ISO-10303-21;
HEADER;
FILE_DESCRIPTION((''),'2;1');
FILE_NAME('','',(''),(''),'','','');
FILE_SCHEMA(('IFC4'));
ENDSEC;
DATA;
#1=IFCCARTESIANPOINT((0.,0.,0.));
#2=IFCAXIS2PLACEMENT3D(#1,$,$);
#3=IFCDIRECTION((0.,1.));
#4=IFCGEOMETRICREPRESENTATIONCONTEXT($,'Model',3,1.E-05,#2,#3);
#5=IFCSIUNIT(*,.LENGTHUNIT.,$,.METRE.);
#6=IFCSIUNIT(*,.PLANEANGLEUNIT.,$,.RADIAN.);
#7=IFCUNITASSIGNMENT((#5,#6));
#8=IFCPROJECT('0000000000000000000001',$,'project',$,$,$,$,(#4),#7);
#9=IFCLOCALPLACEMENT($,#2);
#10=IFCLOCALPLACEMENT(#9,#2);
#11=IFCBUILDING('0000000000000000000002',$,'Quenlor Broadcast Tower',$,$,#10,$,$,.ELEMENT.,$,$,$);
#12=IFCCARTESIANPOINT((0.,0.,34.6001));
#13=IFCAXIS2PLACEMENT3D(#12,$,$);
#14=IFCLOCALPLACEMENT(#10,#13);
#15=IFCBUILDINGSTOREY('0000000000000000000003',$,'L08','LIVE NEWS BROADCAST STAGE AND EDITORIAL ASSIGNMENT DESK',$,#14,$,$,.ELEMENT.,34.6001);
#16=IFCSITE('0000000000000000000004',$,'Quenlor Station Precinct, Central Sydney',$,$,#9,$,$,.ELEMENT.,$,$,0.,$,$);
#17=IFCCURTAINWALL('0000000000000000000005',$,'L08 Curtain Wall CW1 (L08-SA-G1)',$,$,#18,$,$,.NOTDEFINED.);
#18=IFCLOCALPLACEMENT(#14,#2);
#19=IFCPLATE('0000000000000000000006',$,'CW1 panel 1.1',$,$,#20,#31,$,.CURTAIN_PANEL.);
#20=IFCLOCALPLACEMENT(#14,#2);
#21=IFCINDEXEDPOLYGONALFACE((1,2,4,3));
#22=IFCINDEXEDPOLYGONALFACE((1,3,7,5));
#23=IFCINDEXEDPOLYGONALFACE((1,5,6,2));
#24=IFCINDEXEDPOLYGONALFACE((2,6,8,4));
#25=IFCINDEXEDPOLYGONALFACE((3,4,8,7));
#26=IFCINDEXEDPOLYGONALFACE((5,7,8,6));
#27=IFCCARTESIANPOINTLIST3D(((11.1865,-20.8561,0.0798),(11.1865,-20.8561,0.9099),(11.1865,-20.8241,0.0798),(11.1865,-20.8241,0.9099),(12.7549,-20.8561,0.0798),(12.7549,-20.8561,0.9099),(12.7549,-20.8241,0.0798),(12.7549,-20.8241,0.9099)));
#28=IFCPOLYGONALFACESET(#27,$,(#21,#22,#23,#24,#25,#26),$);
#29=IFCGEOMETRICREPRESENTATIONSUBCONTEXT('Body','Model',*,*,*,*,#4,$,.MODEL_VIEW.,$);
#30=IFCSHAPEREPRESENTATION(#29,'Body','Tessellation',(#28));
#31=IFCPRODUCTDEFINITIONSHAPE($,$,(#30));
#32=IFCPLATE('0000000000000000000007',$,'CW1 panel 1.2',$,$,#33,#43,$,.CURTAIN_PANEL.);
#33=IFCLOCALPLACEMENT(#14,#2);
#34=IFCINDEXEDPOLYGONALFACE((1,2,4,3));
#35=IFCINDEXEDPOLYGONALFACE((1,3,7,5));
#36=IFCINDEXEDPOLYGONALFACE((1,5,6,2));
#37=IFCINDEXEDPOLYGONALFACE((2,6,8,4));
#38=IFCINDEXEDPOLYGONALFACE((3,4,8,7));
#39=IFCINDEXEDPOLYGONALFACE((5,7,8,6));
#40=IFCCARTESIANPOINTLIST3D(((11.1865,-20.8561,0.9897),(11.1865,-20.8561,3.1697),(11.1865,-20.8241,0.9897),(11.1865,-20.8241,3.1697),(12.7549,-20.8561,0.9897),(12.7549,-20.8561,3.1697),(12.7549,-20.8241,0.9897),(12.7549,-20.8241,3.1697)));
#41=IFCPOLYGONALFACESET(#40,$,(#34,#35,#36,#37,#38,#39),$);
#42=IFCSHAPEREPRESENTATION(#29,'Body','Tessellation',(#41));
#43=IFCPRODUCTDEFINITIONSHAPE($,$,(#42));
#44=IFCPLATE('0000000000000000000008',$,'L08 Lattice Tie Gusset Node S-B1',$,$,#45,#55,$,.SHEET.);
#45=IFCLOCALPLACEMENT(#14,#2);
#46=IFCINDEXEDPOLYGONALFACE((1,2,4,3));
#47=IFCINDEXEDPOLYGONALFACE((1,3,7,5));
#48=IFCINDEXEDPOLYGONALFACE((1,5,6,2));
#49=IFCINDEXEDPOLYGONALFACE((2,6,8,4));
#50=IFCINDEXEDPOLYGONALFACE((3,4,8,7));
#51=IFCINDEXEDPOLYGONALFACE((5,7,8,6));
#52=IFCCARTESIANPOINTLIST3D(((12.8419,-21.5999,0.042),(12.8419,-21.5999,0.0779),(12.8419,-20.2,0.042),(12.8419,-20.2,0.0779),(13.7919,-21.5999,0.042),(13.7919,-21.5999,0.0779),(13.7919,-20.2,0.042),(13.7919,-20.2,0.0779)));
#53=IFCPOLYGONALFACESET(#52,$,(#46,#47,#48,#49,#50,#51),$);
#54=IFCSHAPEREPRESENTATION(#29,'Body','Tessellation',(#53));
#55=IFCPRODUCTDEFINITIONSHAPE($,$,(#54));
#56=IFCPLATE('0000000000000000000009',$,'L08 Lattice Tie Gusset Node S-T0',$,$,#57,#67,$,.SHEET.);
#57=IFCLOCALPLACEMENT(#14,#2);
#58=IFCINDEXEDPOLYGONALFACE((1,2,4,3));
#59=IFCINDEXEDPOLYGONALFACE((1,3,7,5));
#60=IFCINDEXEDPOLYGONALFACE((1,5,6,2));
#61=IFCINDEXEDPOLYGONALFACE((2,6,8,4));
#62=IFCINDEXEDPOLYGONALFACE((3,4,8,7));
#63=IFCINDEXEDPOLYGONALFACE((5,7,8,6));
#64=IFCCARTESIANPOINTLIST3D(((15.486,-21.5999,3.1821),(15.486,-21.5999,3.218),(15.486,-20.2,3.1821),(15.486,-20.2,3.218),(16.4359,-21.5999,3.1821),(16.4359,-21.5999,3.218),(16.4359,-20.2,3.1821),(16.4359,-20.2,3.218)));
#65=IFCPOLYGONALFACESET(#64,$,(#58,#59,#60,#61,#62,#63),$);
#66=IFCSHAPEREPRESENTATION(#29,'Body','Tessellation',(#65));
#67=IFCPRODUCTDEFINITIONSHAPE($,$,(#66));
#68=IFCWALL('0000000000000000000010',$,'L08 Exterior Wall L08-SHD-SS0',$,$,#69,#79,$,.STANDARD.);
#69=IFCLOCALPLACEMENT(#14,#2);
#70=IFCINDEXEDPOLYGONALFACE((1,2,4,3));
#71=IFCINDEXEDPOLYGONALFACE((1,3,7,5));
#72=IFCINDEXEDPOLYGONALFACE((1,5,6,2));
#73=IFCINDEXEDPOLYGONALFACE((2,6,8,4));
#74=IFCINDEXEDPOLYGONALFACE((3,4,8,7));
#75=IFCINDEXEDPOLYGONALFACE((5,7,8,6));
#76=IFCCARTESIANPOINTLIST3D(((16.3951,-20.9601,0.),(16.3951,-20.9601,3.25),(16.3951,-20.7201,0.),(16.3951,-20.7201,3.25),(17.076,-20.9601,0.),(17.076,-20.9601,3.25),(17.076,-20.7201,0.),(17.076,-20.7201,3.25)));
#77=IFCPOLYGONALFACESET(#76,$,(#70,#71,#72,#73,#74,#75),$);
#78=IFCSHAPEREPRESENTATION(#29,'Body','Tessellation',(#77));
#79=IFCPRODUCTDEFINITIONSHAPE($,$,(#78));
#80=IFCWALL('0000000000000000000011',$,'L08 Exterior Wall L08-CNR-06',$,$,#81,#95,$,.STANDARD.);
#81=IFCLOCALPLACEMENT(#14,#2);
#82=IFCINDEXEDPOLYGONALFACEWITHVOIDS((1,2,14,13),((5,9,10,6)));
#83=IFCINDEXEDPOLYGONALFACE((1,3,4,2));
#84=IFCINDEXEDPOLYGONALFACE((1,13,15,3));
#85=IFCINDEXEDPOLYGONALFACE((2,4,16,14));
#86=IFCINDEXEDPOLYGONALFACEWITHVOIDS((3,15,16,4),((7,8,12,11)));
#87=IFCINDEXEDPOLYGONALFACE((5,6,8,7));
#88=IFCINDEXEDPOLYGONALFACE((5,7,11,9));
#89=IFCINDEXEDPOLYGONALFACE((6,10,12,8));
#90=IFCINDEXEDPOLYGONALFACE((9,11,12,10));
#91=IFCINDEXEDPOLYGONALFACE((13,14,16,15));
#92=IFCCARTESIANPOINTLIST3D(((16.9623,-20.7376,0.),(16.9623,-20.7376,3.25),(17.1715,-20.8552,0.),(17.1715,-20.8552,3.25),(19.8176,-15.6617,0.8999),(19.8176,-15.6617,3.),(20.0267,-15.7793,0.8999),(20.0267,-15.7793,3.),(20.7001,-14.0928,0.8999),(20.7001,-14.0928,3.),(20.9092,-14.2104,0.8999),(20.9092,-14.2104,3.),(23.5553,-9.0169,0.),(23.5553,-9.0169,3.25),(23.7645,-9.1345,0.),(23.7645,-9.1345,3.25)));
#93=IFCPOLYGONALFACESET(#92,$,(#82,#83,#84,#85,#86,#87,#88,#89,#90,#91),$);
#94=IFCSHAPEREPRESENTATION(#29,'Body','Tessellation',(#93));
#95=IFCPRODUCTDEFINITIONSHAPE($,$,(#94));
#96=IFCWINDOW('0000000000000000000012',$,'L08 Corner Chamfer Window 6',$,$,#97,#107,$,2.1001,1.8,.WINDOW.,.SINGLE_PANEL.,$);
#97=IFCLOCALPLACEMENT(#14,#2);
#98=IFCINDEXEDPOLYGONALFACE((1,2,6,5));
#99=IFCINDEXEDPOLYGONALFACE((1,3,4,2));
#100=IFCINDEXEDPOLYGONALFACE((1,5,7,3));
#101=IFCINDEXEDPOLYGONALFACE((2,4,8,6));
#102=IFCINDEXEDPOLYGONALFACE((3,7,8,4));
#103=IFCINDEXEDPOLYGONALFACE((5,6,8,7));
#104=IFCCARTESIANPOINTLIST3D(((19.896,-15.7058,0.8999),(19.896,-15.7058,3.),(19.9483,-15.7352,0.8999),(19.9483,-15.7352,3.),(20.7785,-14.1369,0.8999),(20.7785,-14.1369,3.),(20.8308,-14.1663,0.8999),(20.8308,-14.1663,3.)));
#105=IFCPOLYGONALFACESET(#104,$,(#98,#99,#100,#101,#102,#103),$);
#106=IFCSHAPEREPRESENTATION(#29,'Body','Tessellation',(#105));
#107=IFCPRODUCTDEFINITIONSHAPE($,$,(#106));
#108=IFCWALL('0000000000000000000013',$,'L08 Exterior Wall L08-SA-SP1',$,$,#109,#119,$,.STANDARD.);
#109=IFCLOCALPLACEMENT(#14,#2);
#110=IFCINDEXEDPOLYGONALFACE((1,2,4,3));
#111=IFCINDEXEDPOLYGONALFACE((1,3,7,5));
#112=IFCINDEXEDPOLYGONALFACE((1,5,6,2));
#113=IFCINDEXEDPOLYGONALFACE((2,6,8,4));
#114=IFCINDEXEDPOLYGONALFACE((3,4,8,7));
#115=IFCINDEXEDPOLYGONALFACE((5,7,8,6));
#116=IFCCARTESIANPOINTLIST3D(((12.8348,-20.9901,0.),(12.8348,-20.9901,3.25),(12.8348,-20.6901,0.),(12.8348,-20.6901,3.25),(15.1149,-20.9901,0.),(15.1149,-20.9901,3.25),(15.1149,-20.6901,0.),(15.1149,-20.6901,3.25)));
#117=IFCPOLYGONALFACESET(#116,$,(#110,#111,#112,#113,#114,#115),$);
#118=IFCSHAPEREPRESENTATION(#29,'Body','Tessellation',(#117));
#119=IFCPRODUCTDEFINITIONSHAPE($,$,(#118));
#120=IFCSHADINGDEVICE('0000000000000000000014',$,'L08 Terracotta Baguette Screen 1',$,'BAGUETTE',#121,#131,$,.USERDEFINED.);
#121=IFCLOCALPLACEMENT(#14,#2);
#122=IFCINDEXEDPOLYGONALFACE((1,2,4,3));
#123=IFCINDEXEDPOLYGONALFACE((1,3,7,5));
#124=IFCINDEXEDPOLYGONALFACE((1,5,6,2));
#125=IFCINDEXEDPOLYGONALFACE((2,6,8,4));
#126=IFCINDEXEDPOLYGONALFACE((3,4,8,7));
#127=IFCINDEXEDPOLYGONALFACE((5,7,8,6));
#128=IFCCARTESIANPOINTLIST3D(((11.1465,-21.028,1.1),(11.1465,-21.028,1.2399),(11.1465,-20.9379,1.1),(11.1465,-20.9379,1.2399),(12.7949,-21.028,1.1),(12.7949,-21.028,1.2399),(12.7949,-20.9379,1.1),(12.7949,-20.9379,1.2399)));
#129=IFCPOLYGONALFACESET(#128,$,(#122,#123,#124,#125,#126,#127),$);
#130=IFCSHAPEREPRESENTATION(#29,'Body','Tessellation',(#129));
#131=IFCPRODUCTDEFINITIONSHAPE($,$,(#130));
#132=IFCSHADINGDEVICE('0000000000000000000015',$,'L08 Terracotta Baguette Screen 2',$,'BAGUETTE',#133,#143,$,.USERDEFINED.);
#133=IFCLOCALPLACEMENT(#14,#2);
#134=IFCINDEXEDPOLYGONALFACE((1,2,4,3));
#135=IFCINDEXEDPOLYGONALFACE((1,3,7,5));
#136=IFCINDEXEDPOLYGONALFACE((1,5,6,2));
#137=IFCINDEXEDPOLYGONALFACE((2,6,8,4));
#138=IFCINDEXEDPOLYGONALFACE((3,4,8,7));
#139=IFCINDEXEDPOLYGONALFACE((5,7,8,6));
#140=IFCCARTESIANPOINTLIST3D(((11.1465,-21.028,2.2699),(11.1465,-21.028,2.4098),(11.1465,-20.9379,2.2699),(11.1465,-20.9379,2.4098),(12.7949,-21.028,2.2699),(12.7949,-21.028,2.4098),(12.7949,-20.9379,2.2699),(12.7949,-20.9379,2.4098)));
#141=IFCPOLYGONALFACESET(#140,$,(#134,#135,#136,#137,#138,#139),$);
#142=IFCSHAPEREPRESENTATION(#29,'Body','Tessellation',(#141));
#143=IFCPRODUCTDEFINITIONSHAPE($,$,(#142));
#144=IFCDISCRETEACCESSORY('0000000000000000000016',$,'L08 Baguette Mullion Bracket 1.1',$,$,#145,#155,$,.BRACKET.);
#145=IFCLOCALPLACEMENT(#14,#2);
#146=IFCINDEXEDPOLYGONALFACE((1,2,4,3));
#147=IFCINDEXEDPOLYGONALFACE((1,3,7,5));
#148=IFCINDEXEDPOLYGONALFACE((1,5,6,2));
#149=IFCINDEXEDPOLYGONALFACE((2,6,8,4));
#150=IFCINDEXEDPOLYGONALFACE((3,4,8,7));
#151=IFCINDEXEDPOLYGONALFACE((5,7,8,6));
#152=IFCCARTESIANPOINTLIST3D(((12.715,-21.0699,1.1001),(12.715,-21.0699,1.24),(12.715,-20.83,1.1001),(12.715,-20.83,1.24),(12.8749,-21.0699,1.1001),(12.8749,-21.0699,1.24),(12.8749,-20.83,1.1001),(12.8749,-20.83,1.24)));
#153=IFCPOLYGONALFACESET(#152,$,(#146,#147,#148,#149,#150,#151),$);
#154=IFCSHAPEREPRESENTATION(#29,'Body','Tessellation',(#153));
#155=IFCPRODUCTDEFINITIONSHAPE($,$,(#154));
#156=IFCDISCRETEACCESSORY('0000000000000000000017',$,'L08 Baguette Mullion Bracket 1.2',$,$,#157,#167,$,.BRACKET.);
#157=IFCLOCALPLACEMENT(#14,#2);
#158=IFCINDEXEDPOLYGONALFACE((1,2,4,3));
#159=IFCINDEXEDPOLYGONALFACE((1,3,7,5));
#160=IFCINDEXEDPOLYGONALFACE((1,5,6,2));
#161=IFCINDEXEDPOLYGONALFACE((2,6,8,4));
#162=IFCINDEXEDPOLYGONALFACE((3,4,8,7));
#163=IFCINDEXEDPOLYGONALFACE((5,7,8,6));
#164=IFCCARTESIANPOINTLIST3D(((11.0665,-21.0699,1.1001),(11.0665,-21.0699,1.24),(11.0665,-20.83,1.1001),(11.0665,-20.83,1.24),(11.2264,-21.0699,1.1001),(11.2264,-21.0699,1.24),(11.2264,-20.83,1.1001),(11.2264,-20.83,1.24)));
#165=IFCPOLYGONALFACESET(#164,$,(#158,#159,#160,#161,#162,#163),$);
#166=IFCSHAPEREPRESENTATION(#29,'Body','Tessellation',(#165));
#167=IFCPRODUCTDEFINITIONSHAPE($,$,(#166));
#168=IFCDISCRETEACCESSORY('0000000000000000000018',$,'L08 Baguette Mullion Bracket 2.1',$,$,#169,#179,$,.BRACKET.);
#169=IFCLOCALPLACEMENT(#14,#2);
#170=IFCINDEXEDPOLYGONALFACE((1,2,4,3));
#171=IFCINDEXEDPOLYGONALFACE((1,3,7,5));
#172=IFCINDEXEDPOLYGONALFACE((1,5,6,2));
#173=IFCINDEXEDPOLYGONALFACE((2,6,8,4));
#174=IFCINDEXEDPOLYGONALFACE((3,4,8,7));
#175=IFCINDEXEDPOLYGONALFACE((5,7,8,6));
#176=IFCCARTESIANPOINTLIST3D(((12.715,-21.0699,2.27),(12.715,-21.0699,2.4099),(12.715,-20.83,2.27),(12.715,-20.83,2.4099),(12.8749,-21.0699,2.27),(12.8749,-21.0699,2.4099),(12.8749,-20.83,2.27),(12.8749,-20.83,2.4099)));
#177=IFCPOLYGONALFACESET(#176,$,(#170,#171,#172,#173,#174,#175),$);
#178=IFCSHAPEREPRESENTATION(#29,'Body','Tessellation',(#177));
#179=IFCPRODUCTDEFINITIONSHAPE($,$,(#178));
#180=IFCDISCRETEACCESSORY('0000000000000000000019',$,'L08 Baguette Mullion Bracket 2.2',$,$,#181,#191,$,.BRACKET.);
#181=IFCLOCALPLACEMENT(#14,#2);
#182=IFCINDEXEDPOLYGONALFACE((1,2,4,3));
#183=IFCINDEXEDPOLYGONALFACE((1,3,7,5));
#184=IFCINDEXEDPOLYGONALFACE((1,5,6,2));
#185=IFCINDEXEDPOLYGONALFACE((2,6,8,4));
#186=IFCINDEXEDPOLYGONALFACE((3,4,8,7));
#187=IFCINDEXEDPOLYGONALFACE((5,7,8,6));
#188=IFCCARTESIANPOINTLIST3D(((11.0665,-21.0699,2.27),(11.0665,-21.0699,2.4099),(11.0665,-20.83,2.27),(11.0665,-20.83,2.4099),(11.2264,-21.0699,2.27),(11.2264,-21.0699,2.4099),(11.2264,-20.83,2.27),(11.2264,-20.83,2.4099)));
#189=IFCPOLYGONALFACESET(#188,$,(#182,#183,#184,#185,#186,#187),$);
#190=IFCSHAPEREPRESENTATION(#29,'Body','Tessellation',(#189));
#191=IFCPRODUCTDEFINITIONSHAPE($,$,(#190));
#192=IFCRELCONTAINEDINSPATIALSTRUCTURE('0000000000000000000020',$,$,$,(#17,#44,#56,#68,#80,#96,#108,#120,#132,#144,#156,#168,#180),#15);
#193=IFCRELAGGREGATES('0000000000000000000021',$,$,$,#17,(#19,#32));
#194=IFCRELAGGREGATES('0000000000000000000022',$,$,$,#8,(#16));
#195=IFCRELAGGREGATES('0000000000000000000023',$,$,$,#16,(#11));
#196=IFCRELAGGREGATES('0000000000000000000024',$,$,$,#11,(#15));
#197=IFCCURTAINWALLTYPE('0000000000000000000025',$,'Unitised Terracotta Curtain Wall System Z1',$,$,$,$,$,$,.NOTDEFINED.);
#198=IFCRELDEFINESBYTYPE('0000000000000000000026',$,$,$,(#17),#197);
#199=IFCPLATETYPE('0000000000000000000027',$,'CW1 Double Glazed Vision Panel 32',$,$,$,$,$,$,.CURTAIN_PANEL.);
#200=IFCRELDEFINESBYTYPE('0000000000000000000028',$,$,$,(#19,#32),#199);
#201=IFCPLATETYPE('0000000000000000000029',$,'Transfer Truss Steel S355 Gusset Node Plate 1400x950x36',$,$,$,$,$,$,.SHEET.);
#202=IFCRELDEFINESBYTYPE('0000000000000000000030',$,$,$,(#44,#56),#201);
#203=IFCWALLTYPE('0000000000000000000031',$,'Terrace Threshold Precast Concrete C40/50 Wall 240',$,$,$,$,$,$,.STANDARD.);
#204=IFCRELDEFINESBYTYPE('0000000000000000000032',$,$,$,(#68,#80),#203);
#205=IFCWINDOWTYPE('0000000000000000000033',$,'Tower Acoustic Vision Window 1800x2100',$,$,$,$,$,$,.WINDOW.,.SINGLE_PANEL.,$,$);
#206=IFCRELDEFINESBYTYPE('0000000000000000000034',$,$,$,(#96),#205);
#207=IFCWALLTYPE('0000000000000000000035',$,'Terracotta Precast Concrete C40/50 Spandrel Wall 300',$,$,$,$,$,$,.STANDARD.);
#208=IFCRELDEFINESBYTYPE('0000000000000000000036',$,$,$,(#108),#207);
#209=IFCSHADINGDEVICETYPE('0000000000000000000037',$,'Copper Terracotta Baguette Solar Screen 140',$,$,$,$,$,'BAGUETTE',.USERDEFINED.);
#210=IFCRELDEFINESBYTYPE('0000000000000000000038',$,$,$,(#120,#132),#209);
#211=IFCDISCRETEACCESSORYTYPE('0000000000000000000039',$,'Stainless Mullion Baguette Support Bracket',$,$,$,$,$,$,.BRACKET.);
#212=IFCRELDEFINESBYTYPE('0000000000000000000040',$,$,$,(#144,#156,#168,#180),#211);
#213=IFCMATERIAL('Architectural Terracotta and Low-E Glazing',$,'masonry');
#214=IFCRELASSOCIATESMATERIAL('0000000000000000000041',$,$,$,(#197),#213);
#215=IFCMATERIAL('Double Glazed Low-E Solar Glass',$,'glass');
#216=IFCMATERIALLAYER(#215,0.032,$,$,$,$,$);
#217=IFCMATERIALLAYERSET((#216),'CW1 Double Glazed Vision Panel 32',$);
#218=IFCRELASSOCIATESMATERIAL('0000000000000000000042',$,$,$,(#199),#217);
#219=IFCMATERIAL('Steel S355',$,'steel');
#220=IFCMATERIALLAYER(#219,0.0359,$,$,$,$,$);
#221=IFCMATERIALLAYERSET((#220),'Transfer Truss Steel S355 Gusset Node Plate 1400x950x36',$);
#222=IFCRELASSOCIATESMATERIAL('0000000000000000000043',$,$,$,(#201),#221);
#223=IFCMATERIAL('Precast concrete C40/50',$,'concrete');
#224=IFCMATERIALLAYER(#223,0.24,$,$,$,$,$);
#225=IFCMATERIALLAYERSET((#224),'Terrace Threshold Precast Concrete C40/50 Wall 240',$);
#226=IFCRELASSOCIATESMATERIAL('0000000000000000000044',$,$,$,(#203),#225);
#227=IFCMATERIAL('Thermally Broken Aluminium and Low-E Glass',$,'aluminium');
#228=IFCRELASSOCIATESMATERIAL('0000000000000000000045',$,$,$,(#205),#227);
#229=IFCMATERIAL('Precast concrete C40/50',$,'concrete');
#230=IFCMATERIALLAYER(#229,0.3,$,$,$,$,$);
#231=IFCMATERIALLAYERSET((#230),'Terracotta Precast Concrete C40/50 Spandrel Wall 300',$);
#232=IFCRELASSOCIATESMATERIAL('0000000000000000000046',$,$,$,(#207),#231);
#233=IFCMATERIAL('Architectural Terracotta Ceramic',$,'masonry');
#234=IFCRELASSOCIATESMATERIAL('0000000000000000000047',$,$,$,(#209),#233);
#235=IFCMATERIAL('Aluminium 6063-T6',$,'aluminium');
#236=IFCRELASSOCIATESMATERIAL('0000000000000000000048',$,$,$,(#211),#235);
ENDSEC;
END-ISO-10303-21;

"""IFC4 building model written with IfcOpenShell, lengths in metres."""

from ifc_helpers import new_model, si_unit, direction, frame, frame_2d, origin, origin_2d, place, context, subcontext, project, spatial, rectangle, extrude, material, layer, layer_set, material_profile, profile_set, type_object, element, fill, aggregate, save


model = new_model("IFC4")

# Units and contexts
model_context = context("Model", 3, precision=1e-05, world=origin(), true_north=direction((0.0, 1.0)))
body_context = subcontext(model_context, "Body", "Model", "MODEL_VIEW")
ifc_project = project(units=[si_unit("LENGTHUNIT", "METRE"), si_unit("PLANEANGLEUNIT", "RADIAN")], contexts=[model_context])

# Site, building, storey
site_placement = place(None, origin())
site = spatial("IfcSite", under=ifc_project, at=site_placement, Name="Quenlor Station Precinct, Central Sydney", CompositionType="ELEMENT", RefElevation=0.0)
building_placement = place(site_placement, origin())
building = spatial("IfcBuilding", under=site, at=building_placement, Name="Quenlor Broadcast Tower", CompositionType="ELEMENT")
storey_placement = place(building_placement, frame((0.0, 0.0, 34.6001)))
storey = spatial("IfcBuildingStorey", under=building, at=storey_placement, Name="L08", Description="LIVE NEWS BROADCAST STAGE AND EDITORIAL ASSIGNMENT DESK", CompositionType="ELEMENT", Elevation=34.6001)

# Curtain wall
ifc_material_1 = material(Name="Architectural Terracotta and Low-E Glazing", Category="masonry")
curtain_wall_type = type_object("IfcCurtainWallType", Name="Unitised Terracotta Curtain Wall System Z1", PredefinedType="NOTDEFINED", material=ifc_material_1)
curtain_wall_placement = place(storey_placement, origin())
curtain_wall = element("IfcCurtainWall", 1, at=curtain_wall_placement, inside=storey, type_object=curtain_wall_type, Name="L08 Curtain Wall CW1 (L08-SA-G1)", PredefinedType="NOTDEFINED")

# Plates
ifc_material_2 = material(Name="Double Glazed Low-E Solar Glass", Category="glass")
ifc_layer_1 = layer(ifc_material_2, 0.032)
ifc_layer_set_1 = layer_set([ifc_layer_1], Name="CW1 Double Glazed Vision Panel 32")
plate_type_1 = type_object("IfcPlateType", Name="CW1 Double Glazed Vision Panel 32", PredefinedType="CURTAIN_PANEL", material=ifc_layer_set_1)
plate_1_placement = place(storey_placement, frame((11.9707, -20.8401, 0.0798), z_axis=(0.0, 0.0, 1.0), x_axis=(-1.0, 0.0, 0.0)))
plate_1 = element("IfcPlate", 2, at=plate_1_placement, type_object=plate_type_1, Name="CW1 panel 1.1", PredefinedType="CURTAIN_PANEL", context=body_context, shape_type="SweptSolid", body=[
    extrude(rectangle(XDim=1.5684, YDim=0.032, at=origin_2d()), origin(), (0.0, 0.0, 1.0), 0.8301),
])
plate_2_placement = place(storey_placement, frame((11.9707, -20.8401, 0.9897), z_axis=(0.0, 0.0, 1.0), x_axis=(-1.0, 0.0, 0.0)))
plate_2 = element("IfcPlate", 3, at=plate_2_placement, type_object=plate_type_1, Name="CW1 panel 1.2", PredefinedType="CURTAIN_PANEL", context=body_context, shape_type="SweptSolid", body=[
    extrude(rectangle(XDim=1.5684, YDim=0.032, at=origin_2d()), origin(), (0.0, 0.0, 1.0), 2.1799),
])
aggregate(curtain_wall, [plate_1, plate_2])

# Plates
ifc_material_3 = material(Name="Steel S355", Category="steel")
ifc_layer_2 = layer(ifc_material_3, 0.0359)
ifc_layer_set_2 = layer_set([ifc_layer_2], Name="Transfer Truss Steel S355 Gusset Node Plate 1400x950x36")
plate_type_2 = type_object("IfcPlateType", Name="Transfer Truss Steel S355 Gusset Node Plate 1400x950x36", PredefinedType="SHEET", material=ifc_layer_set_2)
for number, where, z_axis, x_axis, name in (
    (4, (13.3169, -20.8999, 0.042), (0.0, 0.0, 1.0), (0.0, -1.0, 0.0), "L08 Lattice Tie Gusset Node S-B1"),
    (5, (15.9609, -20.8999, 3.1821), (0.0, 0.0, 1.0), (0.0, -1.0, 0.0), "L08 Lattice Tie Gusset Node S-T0"),
):
    element("IfcPlate", number, at=place(storey_placement, frame(where, z_axis=z_axis, x_axis=x_axis)), inside=storey, type_object=plate_type_2, Name=name, PredefinedType="SHEET", context=body_context, shape_type="SweptSolid", body=[
        extrude(rectangle(XDim=1.3999, YDim=0.95, at=origin_2d()), origin(), (0.0, 0.0, 1.0), 0.0359),
    ])

# Wall
ifc_material_4 = material(Name="Precast concrete C40/50", Category="concrete")
ifc_layer_3 = layer(ifc_material_4, 0.24)
ifc_layer_set_3 = layer_set([ifc_layer_3], Name="Terrace Threshold Precast Concrete C40/50 Wall 240")
wall_type_1 = type_object("IfcWallType", Name="Terrace Threshold Precast Concrete C40/50 Wall 240", PredefinedType="STANDARD", material=ifc_layer_set_3)
wall_1_placement = place(storey_placement, frame((17.0759, -20.8401, 0.0), z_axis=(0.0, 0.0, 1.0), x_axis=(-1.0, 0.0, 0.0)))
element("IfcWall", 6, at=wall_1_placement, inside=storey, type_object=wall_type_1, Name="L08 Exterior Wall L08-SHD-SS0", PredefinedType="STANDARD", context=body_context, shape_type="SweptSolid", body=[
    extrude(rectangle(XDim=0.6809, YDim=0.24, at=frame_2d((0.3403, 0.0))), origin(), (0.0, 0.0, 1.0), 3.25),
])

# Wall, opening, window
wall_2_placement = place(storey_placement, frame((17.0669, -20.7964, 0.0), z_axis=(0.0, 0.0, 1.0), x_axis=(0.490268, 0.871572, 0.0)))
wall_2 = element("IfcWall", 7, at=wall_2_placement, inside=storey, type_object=wall_type_1, Name="L08 Exterior Wall L08-CNR-06", PredefinedType="STANDARD", context=body_context, shape_type="SweptSolid", body=[
    extrude(rectangle(XDim=13.4478, YDim=0.24, at=frame_2d((6.7239, 0.0))), origin(), (0.0, 0.0, 1.0), 3.25),
])
opening_placement = place(wall_2_placement, frame((5.824, 0.0, 0.8999)))
opening = element("IfcOpeningElement", 8, at=opening_placement, cuts=wall_2, PredefinedType="OPENING", context=body_context, shape_type="SweptSolid", body=[
    extrude(rectangle(XDim=1.8, YDim=2.1001, at=frame_2d((0.8999, 1.05))), frame((0.0, 0.1299, 0.0), z_axis=(0.0, -1.0, 0.0), x_axis=(1.0, 0.0, 0.0)), (0.0, 0.0, 1.0), 0.26),
])
ifc_material_5 = material(Name="Thermally Broken Aluminium and Low-E Glass", Category="aluminium")
window_type = type_object("IfcWindowType", Name="Tower Acoustic Vision Window 1800x2100", PartitioningType="SINGLE_PANEL", PredefinedType="WINDOW", material=ifc_material_5)
window_placement = place(opening_placement, origin())
window = element("IfcWindow", 9, at=window_placement, inside=storey, type_object=window_type, Name="L08 Corner Chamfer Window 6", OverallHeight=2.1001, OverallWidth=1.8, PartitioningType="SINGLE_PANEL", PredefinedType="WINDOW", context=body_context, shape_type="SweptSolid", body=[
    extrude(rectangle(XDim=1.8, YDim=2.1001, at=frame_2d((0.8999, 1.05))), frame((0.0, 0.03, 0.0), z_axis=(0.0, -1.0, 0.0), x_axis=(1.0, 0.0, 0.0)), (0.0, 0.0, 1.0), 0.0601),
])
fill(opening, window)

# Wall
ifc_material_6 = material(Name="Precast concrete C40/50", Category="concrete")
ifc_layer_4 = layer(ifc_material_6, 0.3)
ifc_layer_set_4 = layer_set([ifc_layer_4], Name="Terracotta Precast Concrete C40/50 Spandrel Wall 300")
wall_type_2 = type_object("IfcWallType", Name="Terracotta Precast Concrete C40/50 Spandrel Wall 300", PredefinedType="STANDARD", material=ifc_layer_set_4)
wall_3_placement = place(storey_placement, frame((15.115, -20.8401, 0.0), z_axis=(0.0, 0.0, 1.0), x_axis=(-1.0, 0.0, 0.0)))
element("IfcWall", 10, at=wall_3_placement, inside=storey, type_object=wall_type_2, Name="L08 Exterior Wall L08-SA-SP1", PredefinedType="STANDARD", context=body_context, shape_type="SweptSolid", body=[
    extrude(rectangle(XDim=2.28, YDim=0.3, at=frame_2d((1.1401, 0.0))), origin(), (0.0, 0.0, 1.0), 3.25),
])

# Shading devices
ifc_material_7 = material(Name="Architectural Terracotta Ceramic", Category="masonry")
ifc_material_profile_1 = material_profile(ifc_material_7, rectangle(XDim=0.0901, YDim=0.1399, at=origin_2d()))
ifc_profile_set_1 = profile_set([ifc_material_profile_1], Name="Architectural Terracotta Ceramic BAG90x140")
shading_device_type = type_object("IfcShadingDeviceType", Name="Copper Terracotta Baguette Solar Screen 140", ElementType="BAGUETTE", PredefinedType="USERDEFINED", material=ifc_profile_set_1)
for number, where, z_axis, x_axis, name in (
    (11, (12.7949, -20.9829, 1.1699), (-1.0, 0.0, 0.0), (0.0, -1.0, 0.0), "L08 Terracotta Baguette Screen 1"),
    (12, (12.7949, -20.9829, 2.3398), (-1.0, 0.0, 0.0), (0.0, -1.0, 0.0), "L08 Terracotta Baguette Screen 2"),
):
    element("IfcShadingDevice", number, at=place(storey_placement, frame(where, z_axis=z_axis, x_axis=x_axis)), inside=storey, type_object=shading_device_type, Name=name, ObjectType="BAGUETTE", PredefinedType="USERDEFINED", context=body_context, shape_type="SweptSolid", body=[
        extrude(rectangle(XDim=0.0901, YDim=0.1399, at=origin_2d()), origin(), (0.0, 0.0, 1.0), 1.6484),
    ])

# Discrete accessories
ifc_material_8 = material(Name="Aluminium 6063-T6", Category="aluminium")
discrete_accessory_type = type_object("IfcDiscreteAccessoryType", Name="Stainless Mullion Baguette Support Bracket", PredefinedType="BRACKET", material=ifc_material_8)
for number, where, z_axis, x_axis, name in (
    (13, (12.7949, -20.95, 1.1001), (0.0, 0.0, 1.0), (-1.0, 0.0, 0.0), "L08 Baguette Mullion Bracket 1.1"),
    (14, (11.1465, -20.95, 1.1001), (0.0, 0.0, 1.0), (-1.0, 0.0, 0.0), "L08 Baguette Mullion Bracket 1.2"),
    (15, (12.7949, -20.95, 2.27), (0.0, 0.0, 1.0), (-1.0, 0.0, 0.0), "L08 Baguette Mullion Bracket 2.1"),
    (16, (11.1465, -20.95, 2.27), (0.0, 0.0, 1.0), (-1.0, 0.0, 0.0), "L08 Baguette Mullion Bracket 2.2"),
):
    element("IfcDiscreteAccessory", number, at=place(storey_placement, frame(where, z_axis=z_axis, x_axis=x_axis)), inside=storey, type_object=discrete_accessory_type, Name=name, PredefinedType="BRACKET", context=body_context, shape_type="SweptSolid", body=[
        extrude(rectangle(XDim=0.1599, YDim=0.24, at=origin_2d()), origin(), (0.0, 0.0, 1.0), 0.1399),
    ])

save(model, "model.ifc")
